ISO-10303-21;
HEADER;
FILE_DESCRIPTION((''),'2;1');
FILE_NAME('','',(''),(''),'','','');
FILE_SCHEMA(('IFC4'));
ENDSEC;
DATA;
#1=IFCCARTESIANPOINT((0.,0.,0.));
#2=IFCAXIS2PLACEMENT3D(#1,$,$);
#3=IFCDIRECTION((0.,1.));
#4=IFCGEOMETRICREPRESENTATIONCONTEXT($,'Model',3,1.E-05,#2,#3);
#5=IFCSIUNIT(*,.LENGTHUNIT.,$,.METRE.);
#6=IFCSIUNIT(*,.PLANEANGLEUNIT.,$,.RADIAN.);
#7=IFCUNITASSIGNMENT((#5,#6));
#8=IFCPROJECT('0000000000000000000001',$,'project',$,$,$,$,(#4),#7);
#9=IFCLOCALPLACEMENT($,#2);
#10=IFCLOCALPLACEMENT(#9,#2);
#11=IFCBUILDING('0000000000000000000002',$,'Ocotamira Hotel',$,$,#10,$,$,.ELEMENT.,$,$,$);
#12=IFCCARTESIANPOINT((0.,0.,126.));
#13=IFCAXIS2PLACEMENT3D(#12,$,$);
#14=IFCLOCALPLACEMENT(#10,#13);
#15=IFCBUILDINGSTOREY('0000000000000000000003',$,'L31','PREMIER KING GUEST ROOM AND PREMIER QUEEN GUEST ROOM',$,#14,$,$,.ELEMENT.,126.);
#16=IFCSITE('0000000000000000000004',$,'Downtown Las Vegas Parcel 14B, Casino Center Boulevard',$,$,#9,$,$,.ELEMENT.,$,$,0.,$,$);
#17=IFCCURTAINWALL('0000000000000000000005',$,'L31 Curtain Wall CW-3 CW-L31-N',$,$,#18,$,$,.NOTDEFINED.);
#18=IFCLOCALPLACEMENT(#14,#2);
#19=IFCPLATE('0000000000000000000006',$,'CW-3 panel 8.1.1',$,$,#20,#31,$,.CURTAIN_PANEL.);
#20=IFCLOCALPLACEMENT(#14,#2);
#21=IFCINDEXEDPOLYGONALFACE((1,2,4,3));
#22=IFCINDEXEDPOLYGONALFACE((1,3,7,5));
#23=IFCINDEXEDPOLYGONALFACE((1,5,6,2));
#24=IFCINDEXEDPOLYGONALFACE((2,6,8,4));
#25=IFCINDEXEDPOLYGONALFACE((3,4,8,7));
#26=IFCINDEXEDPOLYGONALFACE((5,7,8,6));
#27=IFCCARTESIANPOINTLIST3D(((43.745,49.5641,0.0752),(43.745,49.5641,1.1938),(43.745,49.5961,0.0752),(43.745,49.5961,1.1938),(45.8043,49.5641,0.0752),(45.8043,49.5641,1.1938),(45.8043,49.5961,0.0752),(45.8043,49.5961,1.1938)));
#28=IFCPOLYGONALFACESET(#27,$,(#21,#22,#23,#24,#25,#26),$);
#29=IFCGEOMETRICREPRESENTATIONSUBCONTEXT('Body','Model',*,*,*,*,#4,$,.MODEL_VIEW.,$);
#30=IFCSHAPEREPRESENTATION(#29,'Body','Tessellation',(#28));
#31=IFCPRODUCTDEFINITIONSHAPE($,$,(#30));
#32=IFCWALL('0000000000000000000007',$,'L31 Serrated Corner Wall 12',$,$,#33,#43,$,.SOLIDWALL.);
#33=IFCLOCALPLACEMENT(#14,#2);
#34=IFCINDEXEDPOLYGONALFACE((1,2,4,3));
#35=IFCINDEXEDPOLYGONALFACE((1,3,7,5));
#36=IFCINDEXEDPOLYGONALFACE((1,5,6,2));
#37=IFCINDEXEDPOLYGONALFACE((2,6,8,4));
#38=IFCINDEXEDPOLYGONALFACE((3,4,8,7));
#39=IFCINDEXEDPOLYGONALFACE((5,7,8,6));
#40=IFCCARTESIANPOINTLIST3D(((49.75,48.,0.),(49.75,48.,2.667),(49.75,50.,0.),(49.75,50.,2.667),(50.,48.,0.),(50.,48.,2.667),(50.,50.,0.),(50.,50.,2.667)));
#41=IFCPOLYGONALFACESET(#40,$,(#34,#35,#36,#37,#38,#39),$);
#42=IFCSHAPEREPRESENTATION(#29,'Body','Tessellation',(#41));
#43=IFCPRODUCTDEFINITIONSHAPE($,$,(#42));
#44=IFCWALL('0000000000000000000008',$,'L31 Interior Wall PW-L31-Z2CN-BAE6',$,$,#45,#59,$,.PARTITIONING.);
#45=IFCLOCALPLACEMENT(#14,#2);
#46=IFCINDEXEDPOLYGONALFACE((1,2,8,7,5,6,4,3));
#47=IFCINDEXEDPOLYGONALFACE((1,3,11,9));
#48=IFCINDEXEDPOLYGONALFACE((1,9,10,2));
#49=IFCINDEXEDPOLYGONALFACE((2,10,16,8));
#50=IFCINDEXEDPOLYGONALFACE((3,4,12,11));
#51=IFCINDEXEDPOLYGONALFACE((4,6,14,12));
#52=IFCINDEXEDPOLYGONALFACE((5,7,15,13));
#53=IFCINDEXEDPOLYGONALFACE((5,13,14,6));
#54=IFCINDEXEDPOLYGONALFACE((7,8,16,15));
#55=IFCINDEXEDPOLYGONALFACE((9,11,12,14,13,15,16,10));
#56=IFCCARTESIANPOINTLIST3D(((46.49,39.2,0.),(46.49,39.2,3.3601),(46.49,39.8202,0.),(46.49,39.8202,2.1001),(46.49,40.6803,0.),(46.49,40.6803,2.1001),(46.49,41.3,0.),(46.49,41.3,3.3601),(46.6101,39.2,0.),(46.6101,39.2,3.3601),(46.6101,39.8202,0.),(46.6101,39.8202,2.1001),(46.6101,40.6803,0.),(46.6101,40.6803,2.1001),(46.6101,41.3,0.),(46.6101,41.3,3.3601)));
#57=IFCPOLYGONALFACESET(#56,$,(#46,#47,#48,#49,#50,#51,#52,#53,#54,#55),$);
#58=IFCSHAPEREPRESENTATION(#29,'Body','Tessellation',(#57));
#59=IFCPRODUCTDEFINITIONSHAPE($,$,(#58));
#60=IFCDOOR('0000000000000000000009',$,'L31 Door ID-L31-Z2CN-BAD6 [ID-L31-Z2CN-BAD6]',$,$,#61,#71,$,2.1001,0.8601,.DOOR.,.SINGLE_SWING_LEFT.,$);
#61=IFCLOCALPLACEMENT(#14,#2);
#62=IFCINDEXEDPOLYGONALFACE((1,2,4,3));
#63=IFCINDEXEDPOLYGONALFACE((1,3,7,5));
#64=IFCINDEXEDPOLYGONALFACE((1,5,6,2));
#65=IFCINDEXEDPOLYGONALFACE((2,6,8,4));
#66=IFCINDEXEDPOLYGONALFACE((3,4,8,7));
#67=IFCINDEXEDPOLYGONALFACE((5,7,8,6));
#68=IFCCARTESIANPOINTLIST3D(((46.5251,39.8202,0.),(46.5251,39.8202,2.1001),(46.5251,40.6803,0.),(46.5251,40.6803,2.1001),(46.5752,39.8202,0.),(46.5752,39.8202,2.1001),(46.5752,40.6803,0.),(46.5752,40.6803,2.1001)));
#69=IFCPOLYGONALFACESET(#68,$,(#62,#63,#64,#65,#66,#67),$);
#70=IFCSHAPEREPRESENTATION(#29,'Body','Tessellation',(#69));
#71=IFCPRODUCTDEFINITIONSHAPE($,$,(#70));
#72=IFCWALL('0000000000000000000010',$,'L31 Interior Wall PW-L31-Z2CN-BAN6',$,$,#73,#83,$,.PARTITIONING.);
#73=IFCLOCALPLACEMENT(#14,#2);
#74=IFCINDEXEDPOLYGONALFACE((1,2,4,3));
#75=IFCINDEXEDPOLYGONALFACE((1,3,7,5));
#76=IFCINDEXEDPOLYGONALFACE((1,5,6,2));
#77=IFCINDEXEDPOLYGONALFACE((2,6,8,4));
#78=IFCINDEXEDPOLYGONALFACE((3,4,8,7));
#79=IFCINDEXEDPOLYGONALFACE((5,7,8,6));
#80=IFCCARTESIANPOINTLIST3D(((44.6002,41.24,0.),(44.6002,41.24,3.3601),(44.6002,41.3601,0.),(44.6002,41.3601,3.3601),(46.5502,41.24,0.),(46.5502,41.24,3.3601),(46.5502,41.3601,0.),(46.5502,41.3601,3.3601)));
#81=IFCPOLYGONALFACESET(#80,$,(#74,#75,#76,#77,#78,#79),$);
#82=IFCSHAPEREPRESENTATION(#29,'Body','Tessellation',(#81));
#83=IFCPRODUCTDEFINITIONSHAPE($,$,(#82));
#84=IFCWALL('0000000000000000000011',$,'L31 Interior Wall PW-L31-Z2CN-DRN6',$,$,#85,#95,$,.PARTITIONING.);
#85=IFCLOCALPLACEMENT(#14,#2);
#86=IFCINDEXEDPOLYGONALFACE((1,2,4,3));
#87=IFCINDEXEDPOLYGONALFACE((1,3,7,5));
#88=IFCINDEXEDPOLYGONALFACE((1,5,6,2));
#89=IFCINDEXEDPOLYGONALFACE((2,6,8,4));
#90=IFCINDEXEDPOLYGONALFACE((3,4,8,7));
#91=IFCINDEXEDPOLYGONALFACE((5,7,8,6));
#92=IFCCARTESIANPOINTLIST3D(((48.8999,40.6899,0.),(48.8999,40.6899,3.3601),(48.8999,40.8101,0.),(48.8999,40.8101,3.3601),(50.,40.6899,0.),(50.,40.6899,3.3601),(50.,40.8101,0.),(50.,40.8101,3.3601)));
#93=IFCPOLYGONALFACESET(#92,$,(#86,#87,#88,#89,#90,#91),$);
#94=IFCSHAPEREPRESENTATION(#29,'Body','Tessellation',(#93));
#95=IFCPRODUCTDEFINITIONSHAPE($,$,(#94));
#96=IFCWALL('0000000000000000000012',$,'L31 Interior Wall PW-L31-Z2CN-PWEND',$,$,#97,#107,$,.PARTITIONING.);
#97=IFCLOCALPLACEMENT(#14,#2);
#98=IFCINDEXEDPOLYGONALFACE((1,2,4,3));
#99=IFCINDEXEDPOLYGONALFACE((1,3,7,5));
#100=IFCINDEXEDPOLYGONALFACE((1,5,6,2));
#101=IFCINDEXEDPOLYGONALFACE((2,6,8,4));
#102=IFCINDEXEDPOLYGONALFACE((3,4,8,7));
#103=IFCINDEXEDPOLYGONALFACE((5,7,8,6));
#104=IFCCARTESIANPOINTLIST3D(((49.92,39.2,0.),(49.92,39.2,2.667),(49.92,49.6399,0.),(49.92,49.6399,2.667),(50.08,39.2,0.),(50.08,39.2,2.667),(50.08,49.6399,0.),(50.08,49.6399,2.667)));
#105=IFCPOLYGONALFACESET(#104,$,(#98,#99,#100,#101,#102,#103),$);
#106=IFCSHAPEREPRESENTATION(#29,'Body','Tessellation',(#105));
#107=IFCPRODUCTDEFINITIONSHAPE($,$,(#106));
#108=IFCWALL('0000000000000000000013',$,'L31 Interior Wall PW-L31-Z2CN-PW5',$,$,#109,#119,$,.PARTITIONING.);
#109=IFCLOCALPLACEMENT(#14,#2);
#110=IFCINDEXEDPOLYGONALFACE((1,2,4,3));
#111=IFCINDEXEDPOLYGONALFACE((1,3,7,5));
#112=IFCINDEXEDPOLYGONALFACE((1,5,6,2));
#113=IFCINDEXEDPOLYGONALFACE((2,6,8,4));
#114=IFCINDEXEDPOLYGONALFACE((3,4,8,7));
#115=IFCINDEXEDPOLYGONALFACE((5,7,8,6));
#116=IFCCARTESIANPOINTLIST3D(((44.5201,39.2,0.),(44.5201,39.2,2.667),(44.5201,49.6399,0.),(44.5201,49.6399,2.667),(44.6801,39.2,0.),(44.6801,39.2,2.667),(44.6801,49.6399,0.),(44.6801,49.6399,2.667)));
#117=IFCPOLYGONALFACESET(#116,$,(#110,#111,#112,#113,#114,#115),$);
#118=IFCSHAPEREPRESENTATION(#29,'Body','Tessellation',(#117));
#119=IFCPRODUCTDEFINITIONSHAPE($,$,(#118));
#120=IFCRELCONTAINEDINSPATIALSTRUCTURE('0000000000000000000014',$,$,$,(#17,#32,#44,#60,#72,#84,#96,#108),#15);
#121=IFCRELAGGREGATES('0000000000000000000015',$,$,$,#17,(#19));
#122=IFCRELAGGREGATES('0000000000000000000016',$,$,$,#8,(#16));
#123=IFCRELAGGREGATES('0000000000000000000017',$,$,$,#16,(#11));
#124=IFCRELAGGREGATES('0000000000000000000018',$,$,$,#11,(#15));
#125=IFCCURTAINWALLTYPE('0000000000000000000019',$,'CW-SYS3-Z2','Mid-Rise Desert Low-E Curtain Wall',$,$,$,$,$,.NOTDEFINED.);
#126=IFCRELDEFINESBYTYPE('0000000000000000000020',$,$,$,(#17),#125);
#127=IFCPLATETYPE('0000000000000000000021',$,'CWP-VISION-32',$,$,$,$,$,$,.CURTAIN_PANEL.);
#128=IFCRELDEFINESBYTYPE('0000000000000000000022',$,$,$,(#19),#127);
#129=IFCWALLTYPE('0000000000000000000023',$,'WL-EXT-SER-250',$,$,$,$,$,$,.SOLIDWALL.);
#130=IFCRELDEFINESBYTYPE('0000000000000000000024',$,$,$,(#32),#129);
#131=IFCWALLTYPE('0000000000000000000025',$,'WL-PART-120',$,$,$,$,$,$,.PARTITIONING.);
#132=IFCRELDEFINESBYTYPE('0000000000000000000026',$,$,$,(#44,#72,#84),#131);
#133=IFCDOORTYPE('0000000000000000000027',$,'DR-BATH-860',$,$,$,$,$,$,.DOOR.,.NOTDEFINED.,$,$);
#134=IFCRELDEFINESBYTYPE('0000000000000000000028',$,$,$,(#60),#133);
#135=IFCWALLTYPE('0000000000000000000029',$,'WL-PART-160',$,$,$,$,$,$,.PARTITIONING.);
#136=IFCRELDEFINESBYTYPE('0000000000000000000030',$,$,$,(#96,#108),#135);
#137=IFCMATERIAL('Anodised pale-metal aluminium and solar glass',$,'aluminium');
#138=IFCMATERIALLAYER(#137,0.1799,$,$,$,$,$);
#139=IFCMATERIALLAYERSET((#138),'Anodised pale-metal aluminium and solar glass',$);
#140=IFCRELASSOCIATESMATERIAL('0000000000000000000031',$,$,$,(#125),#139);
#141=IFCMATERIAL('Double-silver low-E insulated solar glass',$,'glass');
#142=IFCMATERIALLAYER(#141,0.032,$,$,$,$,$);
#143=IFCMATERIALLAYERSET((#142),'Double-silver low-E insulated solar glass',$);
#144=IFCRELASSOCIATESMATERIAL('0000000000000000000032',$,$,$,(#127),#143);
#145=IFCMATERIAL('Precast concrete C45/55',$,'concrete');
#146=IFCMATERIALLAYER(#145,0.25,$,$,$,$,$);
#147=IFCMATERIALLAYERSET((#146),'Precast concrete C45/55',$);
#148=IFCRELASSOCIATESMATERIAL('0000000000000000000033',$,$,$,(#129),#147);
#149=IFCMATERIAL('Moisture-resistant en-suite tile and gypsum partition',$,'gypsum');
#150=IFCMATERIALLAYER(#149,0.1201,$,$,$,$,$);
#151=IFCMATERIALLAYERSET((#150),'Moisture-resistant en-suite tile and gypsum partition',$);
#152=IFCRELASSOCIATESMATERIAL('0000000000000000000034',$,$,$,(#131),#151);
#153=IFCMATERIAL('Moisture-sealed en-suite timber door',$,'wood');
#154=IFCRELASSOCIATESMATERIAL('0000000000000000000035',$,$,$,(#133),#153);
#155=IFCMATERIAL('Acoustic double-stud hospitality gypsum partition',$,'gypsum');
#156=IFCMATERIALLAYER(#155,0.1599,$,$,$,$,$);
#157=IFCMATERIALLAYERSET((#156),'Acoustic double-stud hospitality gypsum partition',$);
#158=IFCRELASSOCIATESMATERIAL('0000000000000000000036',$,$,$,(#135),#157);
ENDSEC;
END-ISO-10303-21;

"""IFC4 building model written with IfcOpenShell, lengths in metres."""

from ifc_helpers import new_model, si_unit, direction, frame, frame_2d, origin, origin_2d, place, context, subcontext, project, spatial, rectangle, extrude, source, transform, mapped, material, layer, layer_set, type_object, element, fill, aggregate, save


model = new_model("IFC4")

# Units and contexts
model_context = context("Model", 3, precision=1e-05, world=origin(), true_north=direction((0.0, 1.0)))
body_context = subcontext(model_context, "Body", "Model", "MODEL_VIEW")
ifc_project = project(units=[si_unit("LENGTHUNIT", "METRE"), si_unit("PLANEANGLEUNIT", "RADIAN")], contexts=[model_context])

# Site, building, storey
site_placement = place(None, origin())
site = spatial("IfcSite", under=ifc_project, at=site_placement, Name="Downtown Las Vegas Parcel 14B, Casino Center Boulevard", CompositionType="ELEMENT", RefElevation=0.0)
building_placement = place(site_placement, origin())
building = spatial("IfcBuilding", under=site, at=building_placement, Name="Ocotamira Hotel", CompositionType="ELEMENT")
storey_placement = place(building_placement, frame((0.0, 0.0, 126.0)))
storey = spatial("IfcBuildingStorey", under=building, at=storey_placement, Name="L31", Description="PREMIER KING GUEST ROOM AND PREMIER QUEEN GUEST ROOM", CompositionType="ELEMENT", Elevation=126.0)

# Curtain wall
ifc_material_1 = material(Name="Anodised pale-metal aluminium and solar glass", Category="aluminium")
ifc_layer_1 = layer(ifc_material_1, 0.1799)
ifc_layer_set_1 = layer_set([ifc_layer_1], Name="Anodised pale-metal aluminium and solar glass")
curtain_wall_type = type_object("IfcCurtainWallType", Name="CW-SYS3-Z2", Description="Mid-Rise Desert Low-E Curtain Wall", PredefinedType="NOTDEFINED", material=ifc_layer_set_1)
curtain_wall_placement = place(storey_placement, origin())
curtain_wall = element("IfcCurtainWall", 1, at=curtain_wall_placement, inside=storey, type_object=curtain_wall_type, Name="L31 Curtain Wall CW-3 CW-L31-N", PredefinedType="NOTDEFINED")

# Plate
ifc_material_2 = material(Name="Double-silver low-E insulated solar glass", Category="glass")
ifc_layer_2 = layer(ifc_material_2, 0.032)
ifc_layer_set_2 = layer_set([ifc_layer_2], Name="Double-silver low-E insulated solar glass")
plate_type_1 = type_object("IfcPlateType", Name="CWP-VISION-32", PredefinedType="CURTAIN_PANEL", material=ifc_layer_set_2)
shared_shape_1 = source(origin(), body_context, "Body", "SweptSolid", [
    extrude(rectangle(XDim=2.0593, YDim=0.032, at=origin_2d()), origin(), (0.0, 0.0, 1.0), 1.1187),
])
plate_1_placement = place(storey_placement, frame((44.7747, 49.5801, 0.0752), z_axis=(0.0, 0.0, 1.0), x_axis=(1.0, 0.0, 0.0)))
plate_1 = element("IfcPlate", 2, at=plate_1_placement, type_object=plate_type_1, Name="CW-3 panel 8.1.1", PredefinedType="CURTAIN_PANEL", context=body_context, shape_type="MappedRepresentation", body=[
    mapped(shared_shape_1, transform((0.0, 0.0, 0.0), scale=1.0)),
])
aggregate(curtain_wall, [plate_1])

# Wall
ifc_material_3 = material(Name="Precast concrete C45/55", Category="concrete")
ifc_layer_3 = layer(ifc_material_3, 0.25)
ifc_layer_set_3 = layer_set([ifc_layer_3], Name="Precast concrete C45/55")
wall_type_1 = type_object("IfcWallType", Name="WL-EXT-SER-250", PredefinedType="SOLIDWALL", material=ifc_layer_set_3)
wall_1_placement = place(storey_placement, frame((49.875, 48.0, 0.0), z_axis=(0.0, 0.0, 1.0), x_axis=(0.0, 1.0, 0.0)))
element("IfcWall", 3, at=wall_1_placement, inside=storey, type_object=wall_type_1, Name="L31 Serrated Corner Wall 12", PredefinedType="SOLIDWALL", context=body_context, shape_type="SweptSolid", body=[
    extrude(rectangle(XDim=2.0, YDim=0.25, at=frame_2d((1.0, 0.0))), origin(), (0.0, 0.0, 1.0), 2.667),
])

# Wall, opening, door
ifc_material_4 = material(Name="Moisture-resistant en-suite tile and gypsum partition", Category="gypsum")
ifc_layer_4 = layer(ifc_material_4, 0.1201)
ifc_layer_set_4 = layer_set([ifc_layer_4], Name="Moisture-resistant en-suite tile and gypsum partition")
wall_type_2 = type_object("IfcWallType", Name="WL-PART-120", PredefinedType="PARTITIONING", material=ifc_layer_set_4)
wall_2_placement = place(storey_placement, frame((46.55, 39.2, 0.0), z_axis=(0.0, 0.0, 1.0), x_axis=(0.0, 1.0, 0.0)))
wall_2 = element("IfcWall", 4, at=wall_2_placement, inside=storey, type_object=wall_type_2, Name="L31 Interior Wall PW-L31-Z2CN-BAE6", PredefinedType="PARTITIONING", context=body_context, shape_type="SweptSolid", body=[
    extrude(rectangle(XDim=2.1001, YDim=0.1201, at=frame_2d((1.05, 0.0))), origin(), (0.0, 0.0, 1.0), 3.3601),
])
opening_placement = place(wall_2_placement, frame((0.6201, 0.0, 0.0)))
opening = element("IfcOpeningElement", 5, at=opening_placement, cuts=wall_2, PredefinedType="OPENING", context=body_context, shape_type="SweptSolid", body=[
    extrude(rectangle(XDim=0.8601, YDim=2.1001, at=frame_2d((0.4302, 1.05))), frame((0.0, 0.0701, 0.0), z_axis=(0.0, -1.0, 0.0), x_axis=(1.0, 0.0, 0.0)), (0.0, 0.0, 1.0), 0.1401),
])
ifc_material_5 = material(Name="Moisture-sealed en-suite timber door", Category="wood")
door_type = type_object("IfcDoorType", Name="DR-BATH-860", OperationType="NOTDEFINED", PredefinedType="DOOR", material=ifc_material_5)
shared_shape_2 = source(origin(), body_context, "Body", "SweptSolid", [
    extrude(rectangle(XDim=0.8601, YDim=2.1001, at=frame_2d((0.4302, 1.05))), frame((0.0, 0.0249, 0.0), z_axis=(0.0, -1.0, 0.0), x_axis=(1.0, 0.0, 0.0)), (0.0, 0.0, 1.0), 0.05),
])
door_placement = place(opening_placement, origin())
door = element("IfcDoor", 6, at=door_placement, inside=storey, type_object=door_type, Name="L31 Door ID-L31-Z2CN-BAD6 [ID-L31-Z2CN-BAD6]", OperationType="SINGLE_SWING_LEFT", OverallHeight=2.1001, OverallWidth=0.8601, PredefinedType="DOOR", context=body_context, shape_type="MappedRepresentation", body=[
    mapped(shared_shape_2, transform((0.0, 0.0, 0.0), scale=1.0)),
])
fill(opening, door)

# Walls
wall_3_placement = place(storey_placement, frame((44.6001, 41.3, 0.0), z_axis=(0.0, 0.0, 1.0), x_axis=(1.0, 0.0, 0.0)))
element("IfcWall", 7, at=wall_3_placement, inside=storey, type_object=wall_type_2, Name="L31 Interior Wall PW-L31-Z2CN-BAN6", PredefinedType="PARTITIONING", context=body_context, shape_type="SweptSolid", body=[
    extrude(rectangle(XDim=1.95, YDim=0.1201, at=frame_2d((0.9751, 0.0))), origin(), (0.0, 0.0, 1.0), 3.3601),
])
wall_4_placement = place(storey_placement, frame((48.8999, 40.75, 0.0), z_axis=(0.0, 0.0, 1.0), x_axis=(1.0, 0.0, 0.0)))
element("IfcWall", 8, at=wall_4_placement, inside=storey, type_object=wall_type_2, Name="L31 Interior Wall PW-L31-Z2CN-DRN6", PredefinedType="PARTITIONING", context=body_context, shape_type="SweptSolid", body=[
    extrude(rectangle(XDim=1.1001, YDim=0.1201, at=frame_2d((0.55, 0.0))), origin(), (0.0, 0.0, 1.0), 3.3601),
])
ifc_material_6 = material(Name="Acoustic double-stud hospitality gypsum partition", Category="gypsum")
ifc_layer_5 = layer(ifc_material_6, 0.1599)
ifc_layer_set_5 = layer_set([ifc_layer_5], Name="Acoustic double-stud hospitality gypsum partition")
wall_type_3 = type_object("IfcWallType", Name="WL-PART-160", PredefinedType="PARTITIONING", material=ifc_layer_set_5)
for number, where, z_axis, x_axis, name in (
    (9, (50.0, 39.2, 0.0), (0.0, 0.0, 1.0), (0.0, 1.0, 0.0), "L31 Interior Wall PW-L31-Z2CN-PWEND"),
    (10, (44.6001, 39.2, 0.0), (0.0, 0.0, 1.0), (0.0, 1.0, 0.0), "L31 Interior Wall PW-L31-Z2CN-PW5"),
):
    element("IfcWall", number, at=place(storey_placement, frame(where, z_axis=z_axis, x_axis=x_axis)), inside=storey, type_object=wall_type_3, Name=name, PredefinedType="PARTITIONING", context=body_context, shape_type="SweptSolid", body=[
        extrude(rectangle(XDim=10.4399, YDim=0.1599, at=frame_2d((5.22, 0.0))), origin(), (0.0, 0.0, 1.0), 2.667),
    ])

save(model, "model.ifc")
